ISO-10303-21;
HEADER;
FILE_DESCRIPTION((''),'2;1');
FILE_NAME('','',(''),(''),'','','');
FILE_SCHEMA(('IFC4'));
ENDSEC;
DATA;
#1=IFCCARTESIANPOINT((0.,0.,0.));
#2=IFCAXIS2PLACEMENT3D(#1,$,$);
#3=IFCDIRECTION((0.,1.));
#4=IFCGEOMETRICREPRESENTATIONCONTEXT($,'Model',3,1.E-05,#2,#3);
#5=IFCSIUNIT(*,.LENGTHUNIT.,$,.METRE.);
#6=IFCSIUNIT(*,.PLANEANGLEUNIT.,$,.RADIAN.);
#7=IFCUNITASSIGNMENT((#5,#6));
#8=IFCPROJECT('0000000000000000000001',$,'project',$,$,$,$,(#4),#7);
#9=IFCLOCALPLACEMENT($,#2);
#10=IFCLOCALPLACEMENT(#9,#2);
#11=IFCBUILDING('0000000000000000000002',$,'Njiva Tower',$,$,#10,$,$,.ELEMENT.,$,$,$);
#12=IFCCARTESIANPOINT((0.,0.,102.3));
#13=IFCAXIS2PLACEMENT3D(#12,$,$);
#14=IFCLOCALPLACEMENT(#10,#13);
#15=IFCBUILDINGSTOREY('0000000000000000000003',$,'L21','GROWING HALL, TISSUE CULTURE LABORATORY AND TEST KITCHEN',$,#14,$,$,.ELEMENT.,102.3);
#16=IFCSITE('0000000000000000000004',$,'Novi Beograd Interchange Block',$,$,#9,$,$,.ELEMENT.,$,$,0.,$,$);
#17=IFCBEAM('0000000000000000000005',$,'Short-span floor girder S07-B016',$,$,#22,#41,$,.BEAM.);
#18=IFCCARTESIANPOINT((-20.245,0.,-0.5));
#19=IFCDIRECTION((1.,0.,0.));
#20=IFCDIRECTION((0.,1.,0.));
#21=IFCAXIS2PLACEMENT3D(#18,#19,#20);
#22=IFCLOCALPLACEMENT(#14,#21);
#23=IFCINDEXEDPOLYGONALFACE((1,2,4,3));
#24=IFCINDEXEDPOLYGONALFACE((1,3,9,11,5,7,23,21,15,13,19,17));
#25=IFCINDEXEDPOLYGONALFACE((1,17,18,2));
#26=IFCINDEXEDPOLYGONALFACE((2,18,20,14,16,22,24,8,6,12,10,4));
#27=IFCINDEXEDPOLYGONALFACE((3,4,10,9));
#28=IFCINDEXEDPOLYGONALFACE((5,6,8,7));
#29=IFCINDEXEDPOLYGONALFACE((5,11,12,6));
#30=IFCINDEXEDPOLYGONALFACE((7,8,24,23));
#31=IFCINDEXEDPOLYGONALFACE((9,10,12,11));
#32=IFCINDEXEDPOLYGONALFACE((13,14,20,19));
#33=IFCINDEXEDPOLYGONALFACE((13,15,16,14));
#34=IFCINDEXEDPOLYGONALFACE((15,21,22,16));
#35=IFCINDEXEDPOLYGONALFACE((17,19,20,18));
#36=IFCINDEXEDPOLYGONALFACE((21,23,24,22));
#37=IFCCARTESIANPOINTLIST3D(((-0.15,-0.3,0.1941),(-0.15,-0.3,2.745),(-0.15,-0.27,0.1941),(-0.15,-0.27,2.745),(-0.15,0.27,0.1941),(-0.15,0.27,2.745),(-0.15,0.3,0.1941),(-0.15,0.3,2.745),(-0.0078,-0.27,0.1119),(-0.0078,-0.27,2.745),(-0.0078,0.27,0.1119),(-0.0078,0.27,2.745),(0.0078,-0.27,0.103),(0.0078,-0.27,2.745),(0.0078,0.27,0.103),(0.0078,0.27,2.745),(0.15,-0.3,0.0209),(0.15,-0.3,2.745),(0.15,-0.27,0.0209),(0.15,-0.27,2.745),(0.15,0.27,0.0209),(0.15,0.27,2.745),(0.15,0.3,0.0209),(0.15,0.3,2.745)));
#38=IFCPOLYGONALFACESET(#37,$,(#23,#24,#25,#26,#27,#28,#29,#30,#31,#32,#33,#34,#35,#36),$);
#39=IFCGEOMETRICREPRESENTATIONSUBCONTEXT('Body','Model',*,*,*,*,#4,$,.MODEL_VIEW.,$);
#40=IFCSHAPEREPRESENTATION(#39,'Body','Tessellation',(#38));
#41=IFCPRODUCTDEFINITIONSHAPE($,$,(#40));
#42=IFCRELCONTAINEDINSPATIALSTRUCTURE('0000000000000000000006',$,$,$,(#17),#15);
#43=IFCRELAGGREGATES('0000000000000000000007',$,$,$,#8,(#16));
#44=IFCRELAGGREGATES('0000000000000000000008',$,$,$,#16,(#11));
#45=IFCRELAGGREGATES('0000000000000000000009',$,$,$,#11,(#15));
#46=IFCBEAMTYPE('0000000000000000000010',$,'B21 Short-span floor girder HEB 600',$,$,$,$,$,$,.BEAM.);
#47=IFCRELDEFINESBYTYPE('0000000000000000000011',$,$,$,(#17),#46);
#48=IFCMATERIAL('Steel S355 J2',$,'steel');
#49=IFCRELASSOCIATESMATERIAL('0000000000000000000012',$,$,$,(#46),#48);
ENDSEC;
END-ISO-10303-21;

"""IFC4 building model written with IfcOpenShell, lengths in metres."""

from ifc_helpers import new_model, si_unit, direction, frame, origin, origin_2d, place, context, subcontext, project, spatial, i_section, extrude, clip, halfspace, material, material_profile, profile_set, type_object, element, save


model = new_model("IFC4")

# Units and contexts
model_context = context("Model", 3, precision=1e-05, world=origin(), true_north=direction((0.0, 1.0)))
body_context = subcontext(model_context, "Body", "Model", "MODEL_VIEW")
ifc_project = project(units=[si_unit("LENGTHUNIT", "METRE"), si_unit("PLANEANGLEUNIT", "RADIAN")], contexts=[model_context])

# Site, building, storey
site_placement = place(None, origin())
site = spatial("IfcSite", under=ifc_project, at=site_placement, Name="Novi Beograd Interchange Block", CompositionType="ELEMENT", RefElevation=0.0)
building_placement = place(site_placement, origin())
building = spatial("IfcBuilding", under=site, at=building_placement, Name="Njiva Tower", CompositionType="ELEMENT")
storey_placement = place(building_placement, frame((0.0, 0.0, 102.3)))
storey = spatial("IfcBuildingStorey", under=building, at=storey_placement, Name="L21", Description="GROWING HALL, TISSUE CULTURE LABORATORY AND TEST KITCHEN", CompositionType="ELEMENT", Elevation=102.3)

# Shared definitions
ifc_material_1 = material(Name="Steel S355 J2", Category="steel")

# Beam
ifc_material_profile_1 = material_profile(ifc_material_1, i_section(OverallWidth=0.3, OverallDepth=0.6, WebThickness=0.0155, FlangeThickness=0.03, at=origin_2d()), Name="HEB 600")
ifc_profile_set_1 = profile_set([ifc_material_profile_1], Name="Steel S355 J2")
beam_type_1 = type_object("IfcBeamType", Name="B21 Short-span floor girder HEB 600", PredefinedType="BEAM", material=ifc_profile_set_1)
beam_1_placement = place(storey_placement, frame((-20.245, 0.0, -0.5), z_axis=(1.0, 0.0, 0.0), x_axis=(0.0, 1.0, 0.0)))
element("IfcBeam", 1, at=beam_1_placement, inside=storey, type_object=beam_type_1, Name="Short-span floor girder S07-B016", PredefinedType="BEAM", context=body_context, shape_type="Clipping", body=[
    clip(extrude(i_section(OverallWidth=0.3, OverallDepth=0.6, WebThickness=0.0155, FlangeThickness=0.03, at=origin_2d()), origin(), (0.0, 0.0, 1.0), 2.745), halfspace(frame((-0.025, 0.0, 0.1219), z_axis=(-0.499998, 0.0, -0.866027), x_axis=(0.0, -1.0, 0.0)), False)),
])

save(model, "model.ifc")
